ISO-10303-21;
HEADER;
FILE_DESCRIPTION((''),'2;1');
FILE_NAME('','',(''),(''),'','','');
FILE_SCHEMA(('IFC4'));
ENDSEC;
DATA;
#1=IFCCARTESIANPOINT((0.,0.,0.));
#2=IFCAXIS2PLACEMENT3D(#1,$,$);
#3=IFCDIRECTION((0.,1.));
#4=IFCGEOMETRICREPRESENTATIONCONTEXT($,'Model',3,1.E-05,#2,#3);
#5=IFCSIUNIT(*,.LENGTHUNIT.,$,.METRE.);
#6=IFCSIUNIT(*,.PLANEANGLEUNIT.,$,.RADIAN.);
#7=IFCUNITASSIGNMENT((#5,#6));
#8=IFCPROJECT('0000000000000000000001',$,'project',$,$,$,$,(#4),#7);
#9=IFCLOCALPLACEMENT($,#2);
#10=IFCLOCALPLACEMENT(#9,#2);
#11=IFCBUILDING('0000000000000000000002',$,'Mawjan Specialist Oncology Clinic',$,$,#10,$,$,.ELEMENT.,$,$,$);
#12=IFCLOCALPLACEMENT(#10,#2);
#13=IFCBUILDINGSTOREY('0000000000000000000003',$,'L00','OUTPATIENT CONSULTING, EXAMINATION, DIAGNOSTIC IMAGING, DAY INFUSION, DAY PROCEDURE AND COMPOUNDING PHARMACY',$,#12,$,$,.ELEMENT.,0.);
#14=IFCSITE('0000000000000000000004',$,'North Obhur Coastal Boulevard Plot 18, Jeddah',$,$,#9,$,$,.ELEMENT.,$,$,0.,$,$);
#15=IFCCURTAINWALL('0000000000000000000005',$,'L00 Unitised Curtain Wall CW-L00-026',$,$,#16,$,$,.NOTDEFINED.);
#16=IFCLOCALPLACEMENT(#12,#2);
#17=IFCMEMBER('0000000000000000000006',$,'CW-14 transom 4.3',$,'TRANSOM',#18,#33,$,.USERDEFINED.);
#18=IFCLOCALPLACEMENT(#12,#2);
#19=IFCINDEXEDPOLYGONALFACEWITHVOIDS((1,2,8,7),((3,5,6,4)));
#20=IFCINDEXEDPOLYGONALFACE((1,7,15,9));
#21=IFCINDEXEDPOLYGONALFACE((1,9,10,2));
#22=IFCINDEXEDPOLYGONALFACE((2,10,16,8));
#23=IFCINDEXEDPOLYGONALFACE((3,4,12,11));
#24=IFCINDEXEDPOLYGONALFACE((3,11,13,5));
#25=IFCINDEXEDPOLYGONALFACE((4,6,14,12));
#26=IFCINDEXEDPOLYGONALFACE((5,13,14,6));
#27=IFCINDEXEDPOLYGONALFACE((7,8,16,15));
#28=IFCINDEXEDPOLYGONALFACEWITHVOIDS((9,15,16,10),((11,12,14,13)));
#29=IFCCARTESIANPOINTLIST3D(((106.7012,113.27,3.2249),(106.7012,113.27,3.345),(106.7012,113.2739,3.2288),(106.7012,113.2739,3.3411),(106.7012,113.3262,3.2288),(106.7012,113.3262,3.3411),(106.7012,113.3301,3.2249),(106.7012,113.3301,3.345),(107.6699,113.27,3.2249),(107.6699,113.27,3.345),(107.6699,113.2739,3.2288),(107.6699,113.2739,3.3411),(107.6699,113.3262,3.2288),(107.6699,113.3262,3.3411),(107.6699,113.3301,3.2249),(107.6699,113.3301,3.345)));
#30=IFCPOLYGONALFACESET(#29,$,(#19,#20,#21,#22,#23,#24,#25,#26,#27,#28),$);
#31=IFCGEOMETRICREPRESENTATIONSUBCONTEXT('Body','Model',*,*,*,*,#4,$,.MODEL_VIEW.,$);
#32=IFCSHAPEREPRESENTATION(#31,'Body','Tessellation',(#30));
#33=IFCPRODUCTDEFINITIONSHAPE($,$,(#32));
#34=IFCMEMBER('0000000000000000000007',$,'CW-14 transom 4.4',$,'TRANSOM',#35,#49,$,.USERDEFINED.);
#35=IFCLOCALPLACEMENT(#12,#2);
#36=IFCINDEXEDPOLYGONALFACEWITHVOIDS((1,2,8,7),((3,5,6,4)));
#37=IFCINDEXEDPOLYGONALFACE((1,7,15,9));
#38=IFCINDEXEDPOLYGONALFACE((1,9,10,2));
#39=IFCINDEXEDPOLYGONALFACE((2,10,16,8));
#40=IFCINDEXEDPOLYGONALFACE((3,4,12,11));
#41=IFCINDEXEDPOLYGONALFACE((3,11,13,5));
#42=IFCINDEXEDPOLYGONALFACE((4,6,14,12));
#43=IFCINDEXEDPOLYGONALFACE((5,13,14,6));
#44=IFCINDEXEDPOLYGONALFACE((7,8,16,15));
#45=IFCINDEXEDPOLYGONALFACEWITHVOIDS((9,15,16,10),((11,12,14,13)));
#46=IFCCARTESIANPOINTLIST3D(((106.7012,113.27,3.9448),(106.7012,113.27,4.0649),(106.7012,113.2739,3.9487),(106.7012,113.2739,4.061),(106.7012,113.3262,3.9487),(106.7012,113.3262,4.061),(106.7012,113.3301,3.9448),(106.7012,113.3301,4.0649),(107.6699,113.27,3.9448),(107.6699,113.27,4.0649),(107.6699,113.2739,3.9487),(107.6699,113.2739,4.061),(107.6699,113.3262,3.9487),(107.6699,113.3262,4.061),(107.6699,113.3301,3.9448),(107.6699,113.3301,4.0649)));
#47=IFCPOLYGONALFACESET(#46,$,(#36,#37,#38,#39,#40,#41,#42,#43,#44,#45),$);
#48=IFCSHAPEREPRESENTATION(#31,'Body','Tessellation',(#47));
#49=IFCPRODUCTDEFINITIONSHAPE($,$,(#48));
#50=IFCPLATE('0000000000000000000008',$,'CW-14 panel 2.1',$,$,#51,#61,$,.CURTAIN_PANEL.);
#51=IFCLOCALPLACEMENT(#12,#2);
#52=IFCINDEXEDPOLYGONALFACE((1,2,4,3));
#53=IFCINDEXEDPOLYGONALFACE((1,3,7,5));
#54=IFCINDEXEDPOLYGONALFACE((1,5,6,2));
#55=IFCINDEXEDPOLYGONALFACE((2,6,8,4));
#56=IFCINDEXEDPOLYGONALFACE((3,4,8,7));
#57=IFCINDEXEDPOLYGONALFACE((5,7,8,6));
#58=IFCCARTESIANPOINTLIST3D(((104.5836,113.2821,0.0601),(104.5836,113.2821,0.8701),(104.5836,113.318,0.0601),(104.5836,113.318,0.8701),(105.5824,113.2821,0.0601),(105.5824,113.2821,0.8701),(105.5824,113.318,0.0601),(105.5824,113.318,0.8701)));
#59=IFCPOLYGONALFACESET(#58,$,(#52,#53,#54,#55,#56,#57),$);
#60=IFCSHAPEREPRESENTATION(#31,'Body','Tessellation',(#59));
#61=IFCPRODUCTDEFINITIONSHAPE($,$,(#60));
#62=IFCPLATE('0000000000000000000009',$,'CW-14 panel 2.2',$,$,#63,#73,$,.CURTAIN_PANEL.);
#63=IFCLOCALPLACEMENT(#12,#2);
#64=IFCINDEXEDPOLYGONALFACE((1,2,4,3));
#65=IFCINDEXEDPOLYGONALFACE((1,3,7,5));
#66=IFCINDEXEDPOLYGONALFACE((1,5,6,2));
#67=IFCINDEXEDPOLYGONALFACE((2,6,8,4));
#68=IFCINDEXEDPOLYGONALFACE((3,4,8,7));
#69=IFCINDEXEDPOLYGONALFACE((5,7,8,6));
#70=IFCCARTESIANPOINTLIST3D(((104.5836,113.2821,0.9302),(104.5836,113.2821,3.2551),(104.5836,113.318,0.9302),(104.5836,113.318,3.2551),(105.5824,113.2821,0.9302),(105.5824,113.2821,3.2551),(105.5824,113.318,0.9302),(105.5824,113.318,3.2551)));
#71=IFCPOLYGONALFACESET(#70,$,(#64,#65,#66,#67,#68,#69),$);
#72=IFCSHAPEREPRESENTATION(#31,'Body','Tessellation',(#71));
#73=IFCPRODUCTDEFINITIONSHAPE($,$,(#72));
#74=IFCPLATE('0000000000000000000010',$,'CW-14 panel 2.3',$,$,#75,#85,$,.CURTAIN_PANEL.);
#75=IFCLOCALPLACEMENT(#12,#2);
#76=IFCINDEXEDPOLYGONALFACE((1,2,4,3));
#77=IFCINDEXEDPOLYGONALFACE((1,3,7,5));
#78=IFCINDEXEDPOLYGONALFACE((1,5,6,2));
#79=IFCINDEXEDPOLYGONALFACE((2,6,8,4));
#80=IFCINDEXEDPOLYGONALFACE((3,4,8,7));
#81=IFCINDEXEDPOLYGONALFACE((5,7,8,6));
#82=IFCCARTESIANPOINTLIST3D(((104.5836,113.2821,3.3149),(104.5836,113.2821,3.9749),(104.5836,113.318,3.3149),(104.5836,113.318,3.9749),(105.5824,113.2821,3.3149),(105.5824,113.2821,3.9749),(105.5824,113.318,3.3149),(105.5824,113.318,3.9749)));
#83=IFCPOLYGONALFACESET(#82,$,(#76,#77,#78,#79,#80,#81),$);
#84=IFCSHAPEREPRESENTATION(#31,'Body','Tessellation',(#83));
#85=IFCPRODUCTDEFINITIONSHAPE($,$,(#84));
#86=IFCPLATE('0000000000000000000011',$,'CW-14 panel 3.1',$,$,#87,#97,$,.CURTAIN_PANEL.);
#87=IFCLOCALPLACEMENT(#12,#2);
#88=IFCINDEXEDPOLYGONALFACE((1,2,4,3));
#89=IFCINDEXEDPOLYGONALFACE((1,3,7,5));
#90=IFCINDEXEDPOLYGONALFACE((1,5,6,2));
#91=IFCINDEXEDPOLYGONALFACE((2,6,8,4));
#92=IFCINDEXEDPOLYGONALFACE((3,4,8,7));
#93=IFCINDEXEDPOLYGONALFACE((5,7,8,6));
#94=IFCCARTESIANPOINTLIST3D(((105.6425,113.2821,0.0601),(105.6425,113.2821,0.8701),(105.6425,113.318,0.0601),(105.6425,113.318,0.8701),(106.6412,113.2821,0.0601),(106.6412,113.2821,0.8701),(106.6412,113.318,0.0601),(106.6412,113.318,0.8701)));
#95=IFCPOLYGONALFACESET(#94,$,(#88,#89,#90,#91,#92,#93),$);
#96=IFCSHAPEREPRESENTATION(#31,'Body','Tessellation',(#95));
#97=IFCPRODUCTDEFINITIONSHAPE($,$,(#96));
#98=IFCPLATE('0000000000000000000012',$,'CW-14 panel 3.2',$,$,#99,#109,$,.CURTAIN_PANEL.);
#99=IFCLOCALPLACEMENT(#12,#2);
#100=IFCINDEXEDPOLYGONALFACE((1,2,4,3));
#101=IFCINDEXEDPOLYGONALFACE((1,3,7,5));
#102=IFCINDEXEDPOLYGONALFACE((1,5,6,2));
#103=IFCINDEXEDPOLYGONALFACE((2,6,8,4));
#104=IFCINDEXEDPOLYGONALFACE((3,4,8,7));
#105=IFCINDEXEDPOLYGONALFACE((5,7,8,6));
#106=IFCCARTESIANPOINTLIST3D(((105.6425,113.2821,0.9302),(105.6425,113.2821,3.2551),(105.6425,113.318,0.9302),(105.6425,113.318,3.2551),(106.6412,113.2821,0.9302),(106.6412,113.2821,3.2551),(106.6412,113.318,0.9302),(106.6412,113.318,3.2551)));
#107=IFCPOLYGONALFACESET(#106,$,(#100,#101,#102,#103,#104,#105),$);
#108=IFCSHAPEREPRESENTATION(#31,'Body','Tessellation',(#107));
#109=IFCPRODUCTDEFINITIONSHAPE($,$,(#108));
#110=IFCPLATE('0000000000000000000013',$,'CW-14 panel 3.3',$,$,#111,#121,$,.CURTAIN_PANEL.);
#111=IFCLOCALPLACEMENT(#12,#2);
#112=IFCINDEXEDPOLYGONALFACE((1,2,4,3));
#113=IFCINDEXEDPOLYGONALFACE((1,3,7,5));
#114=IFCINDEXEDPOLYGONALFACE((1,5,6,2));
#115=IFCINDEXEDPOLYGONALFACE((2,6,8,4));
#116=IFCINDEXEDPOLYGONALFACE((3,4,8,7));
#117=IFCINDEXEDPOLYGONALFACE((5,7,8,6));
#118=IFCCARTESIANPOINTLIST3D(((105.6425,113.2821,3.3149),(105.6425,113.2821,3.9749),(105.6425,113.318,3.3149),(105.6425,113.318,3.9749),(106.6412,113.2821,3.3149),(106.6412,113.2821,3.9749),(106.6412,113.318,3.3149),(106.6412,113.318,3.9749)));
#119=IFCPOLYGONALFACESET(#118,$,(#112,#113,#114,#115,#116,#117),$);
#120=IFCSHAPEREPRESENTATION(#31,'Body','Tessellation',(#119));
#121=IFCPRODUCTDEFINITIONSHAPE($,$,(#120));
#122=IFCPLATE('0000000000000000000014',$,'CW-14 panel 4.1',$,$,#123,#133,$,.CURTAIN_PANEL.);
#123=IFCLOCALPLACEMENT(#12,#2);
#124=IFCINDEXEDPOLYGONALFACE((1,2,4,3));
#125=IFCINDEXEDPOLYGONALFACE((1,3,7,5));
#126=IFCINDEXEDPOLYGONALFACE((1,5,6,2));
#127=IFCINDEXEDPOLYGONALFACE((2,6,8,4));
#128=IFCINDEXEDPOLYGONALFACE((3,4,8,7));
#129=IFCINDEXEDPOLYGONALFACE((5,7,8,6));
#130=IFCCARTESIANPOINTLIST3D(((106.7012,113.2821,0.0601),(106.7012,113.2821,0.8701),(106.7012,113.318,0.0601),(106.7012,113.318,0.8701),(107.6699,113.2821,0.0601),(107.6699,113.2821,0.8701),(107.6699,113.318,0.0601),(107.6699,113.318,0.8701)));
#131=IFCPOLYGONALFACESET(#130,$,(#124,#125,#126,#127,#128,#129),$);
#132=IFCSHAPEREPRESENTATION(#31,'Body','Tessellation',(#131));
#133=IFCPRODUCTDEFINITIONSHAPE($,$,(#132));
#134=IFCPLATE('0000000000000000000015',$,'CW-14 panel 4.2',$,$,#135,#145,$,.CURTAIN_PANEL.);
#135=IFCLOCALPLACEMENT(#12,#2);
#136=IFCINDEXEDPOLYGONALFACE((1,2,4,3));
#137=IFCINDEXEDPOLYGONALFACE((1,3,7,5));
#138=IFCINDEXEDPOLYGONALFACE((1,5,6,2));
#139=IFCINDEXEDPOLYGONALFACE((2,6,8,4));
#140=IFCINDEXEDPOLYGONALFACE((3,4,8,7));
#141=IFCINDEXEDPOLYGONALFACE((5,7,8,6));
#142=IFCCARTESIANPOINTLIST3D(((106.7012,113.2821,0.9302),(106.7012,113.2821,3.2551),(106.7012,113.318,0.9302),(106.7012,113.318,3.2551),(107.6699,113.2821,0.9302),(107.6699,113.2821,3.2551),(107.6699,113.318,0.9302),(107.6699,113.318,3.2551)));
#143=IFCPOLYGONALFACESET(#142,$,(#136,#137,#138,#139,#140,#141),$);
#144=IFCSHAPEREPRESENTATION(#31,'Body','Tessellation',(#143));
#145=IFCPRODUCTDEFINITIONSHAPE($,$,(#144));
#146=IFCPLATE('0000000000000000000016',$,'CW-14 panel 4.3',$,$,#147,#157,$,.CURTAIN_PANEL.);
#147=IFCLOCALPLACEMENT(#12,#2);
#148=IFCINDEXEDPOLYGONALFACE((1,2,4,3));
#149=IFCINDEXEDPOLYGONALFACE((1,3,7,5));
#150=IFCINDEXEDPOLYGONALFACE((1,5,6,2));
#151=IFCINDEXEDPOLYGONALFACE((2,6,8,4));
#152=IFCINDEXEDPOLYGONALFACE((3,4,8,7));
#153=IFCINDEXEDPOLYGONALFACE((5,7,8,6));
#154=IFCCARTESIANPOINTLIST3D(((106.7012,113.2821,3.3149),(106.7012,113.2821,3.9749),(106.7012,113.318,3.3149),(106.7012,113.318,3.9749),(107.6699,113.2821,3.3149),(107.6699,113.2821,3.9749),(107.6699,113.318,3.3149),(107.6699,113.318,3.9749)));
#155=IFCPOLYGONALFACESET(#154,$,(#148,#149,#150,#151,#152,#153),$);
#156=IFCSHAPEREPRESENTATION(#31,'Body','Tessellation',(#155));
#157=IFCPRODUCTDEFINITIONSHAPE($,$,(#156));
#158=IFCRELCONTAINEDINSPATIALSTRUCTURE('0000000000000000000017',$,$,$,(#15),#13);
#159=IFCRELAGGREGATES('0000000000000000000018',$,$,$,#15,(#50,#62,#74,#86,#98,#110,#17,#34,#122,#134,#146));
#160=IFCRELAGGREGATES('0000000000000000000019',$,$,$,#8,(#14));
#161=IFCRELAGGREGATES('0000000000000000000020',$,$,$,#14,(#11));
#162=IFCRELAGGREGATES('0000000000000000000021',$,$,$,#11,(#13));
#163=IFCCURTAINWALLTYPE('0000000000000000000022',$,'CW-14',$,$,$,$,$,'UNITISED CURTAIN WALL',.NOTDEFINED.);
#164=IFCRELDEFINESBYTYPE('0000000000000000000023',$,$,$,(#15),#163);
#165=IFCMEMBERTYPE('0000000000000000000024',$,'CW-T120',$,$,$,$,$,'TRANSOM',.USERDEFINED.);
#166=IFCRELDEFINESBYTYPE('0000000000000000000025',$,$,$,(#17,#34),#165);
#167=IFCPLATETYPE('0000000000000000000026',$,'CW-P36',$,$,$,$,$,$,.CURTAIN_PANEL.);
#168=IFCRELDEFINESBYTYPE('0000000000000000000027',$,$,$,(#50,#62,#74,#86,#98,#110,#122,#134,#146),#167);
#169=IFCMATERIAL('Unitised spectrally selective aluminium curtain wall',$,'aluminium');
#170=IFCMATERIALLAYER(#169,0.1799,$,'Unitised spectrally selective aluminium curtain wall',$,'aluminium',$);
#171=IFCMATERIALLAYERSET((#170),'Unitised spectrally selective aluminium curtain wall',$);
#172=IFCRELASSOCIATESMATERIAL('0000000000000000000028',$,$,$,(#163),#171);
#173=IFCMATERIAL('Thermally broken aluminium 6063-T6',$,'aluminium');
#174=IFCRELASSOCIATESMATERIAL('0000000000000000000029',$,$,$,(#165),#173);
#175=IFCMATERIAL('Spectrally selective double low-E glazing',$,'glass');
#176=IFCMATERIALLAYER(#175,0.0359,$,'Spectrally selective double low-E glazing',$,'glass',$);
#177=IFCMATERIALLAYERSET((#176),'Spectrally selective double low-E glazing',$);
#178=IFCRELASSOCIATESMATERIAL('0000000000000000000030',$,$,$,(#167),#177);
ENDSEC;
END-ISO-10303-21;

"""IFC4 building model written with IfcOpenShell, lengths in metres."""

from ifc_helpers import new_model, si_unit, direction, frame, origin, origin_2d, place, context, subcontext, project, spatial, rectangle, hollow_rectangle, extrude, material, layer, layer_set, material_profile, profile_set, type_object, element, aggregate, save


model = new_model("IFC4")

# Units and contexts
model_context = context("Model", 3, precision=1e-05, world=origin(), true_north=direction((0.0, 1.0)))
body_context = subcontext(model_context, "Body", "Model", "MODEL_VIEW")
ifc_project = project(units=[si_unit("LENGTHUNIT", "METRE"), si_unit("PLANEANGLEUNIT", "RADIAN")], contexts=[model_context])

# Site, building, storey
site_placement = place(None, origin())
site = spatial("IfcSite", under=ifc_project, at=site_placement, Name="North Obhur Coastal Boulevard Plot 18, Jeddah", CompositionType="ELEMENT", RefElevation=0.0)
building_placement = place(site_placement, origin())
building = spatial("IfcBuilding", under=site, at=building_placement, Name="Mawjan Specialist Oncology Clinic", CompositionType="ELEMENT")
storey_placement = place(building_placement, origin())
storey = spatial("IfcBuildingStorey", under=building, at=storey_placement, Name="L00", Description="OUTPATIENT CONSULTING, EXAMINATION, DIAGNOSTIC IMAGING, DAY INFUSION, DAY PROCEDURE AND COMPOUNDING PHARMACY", CompositionType="ELEMENT", Elevation=0.0)

# Curtain wall, members, plates
ifc_material_1 = material(Name="Unitised spectrally selective aluminium curtain wall", Category="aluminium")
ifc_layer_1 = layer(ifc_material_1, 0.1799, Name="Unitised spectrally selective aluminium curtain wall", Category="aluminium")
ifc_layer_set_1 = layer_set([ifc_layer_1], Name="Unitised spectrally selective aluminium curtain wall")
curtain_wall_type = type_object("IfcCurtainWallType", Name="CW-14", ElementType="UNITISED CURTAIN WALL", PredefinedType="NOTDEFINED", material=ifc_layer_set_1)
curtain_wall_placement = place(storey_placement, origin())
curtain_wall = element("IfcCurtainWall", 1, at=curtain_wall_placement, inside=storey, type_object=curtain_wall_type, Name="L00 Unitised Curtain Wall CW-L00-026", PredefinedType="NOTDEFINED")
ifc_material_2 = material(Name="Thermally broken aluminium 6063-T6", Category="aluminium")
ifc_material_profile_1 = material_profile(ifc_material_2, hollow_rectangle(XDim=0.0601, YDim=0.1201, WallThickness=0.0039, at=origin_2d()), Name="ALU TRANSOM 120x60x4", Category="aluminium")
ifc_profile_set_1 = profile_set([ifc_material_profile_1], Name="Thermally broken aluminium 6063-T6")
member_type_1 = type_object("IfcMemberType", Name="CW-T120", ElementType="TRANSOM", PredefinedType="USERDEFINED", material=ifc_profile_set_1)
member_1_placement = place(storey_placement, frame((106.7012, 113.3, 3.2849), z_axis=(1.0, 0.0, 0.0), x_axis=(0.0, 1.0, 0.0)))
member_1 = element("IfcMember", 2, at=member_1_placement, type_object=member_type_1, Name="CW-14 transom 4.3", ObjectType="TRANSOM", PredefinedType="USERDEFINED", context=body_context, shape_type="SweptSolid", body=[
    extrude(hollow_rectangle(XDim=0.0601, YDim=0.1201, WallThickness=0.0039, at=origin_2d()), origin(), (0.0, 0.0, 1.0), 0.9688),
])
member_2_placement = place(storey_placement, frame((106.7012, 113.3, 4.0049), z_axis=(1.0, 0.0, 0.0), x_axis=(0.0, 1.0, 0.0)))
member_2 = element("IfcMember", 3, at=member_2_placement, type_object=member_type_1, Name="CW-14 transom 4.4", ObjectType="TRANSOM", PredefinedType="USERDEFINED", context=body_context, shape_type="SweptSolid", body=[
    extrude(hollow_rectangle(XDim=0.0601, YDim=0.1201, WallThickness=0.0039, at=origin_2d()), origin(), (0.0, 0.0, 1.0), 0.9688),
])
ifc_material_3 = material(Name="Spectrally selective double low-E glazing", Category="glass")
ifc_layer_2 = layer(ifc_material_3, 0.0359, Name="Spectrally selective double low-E glazing", Category="glass")
ifc_layer_set_2 = layer_set([ifc_layer_2], Name="Spectrally selective double low-E glazing")
plate_type = type_object("IfcPlateType", Name="CW-P36", PredefinedType="CURTAIN_PANEL", material=ifc_layer_set_2)
plate_1_placement = place(storey_placement, frame((105.083, 113.3, 0.0601), z_axis=(0.0, 0.0, 1.0), x_axis=(1.0, 0.0, 0.0)))
plate_1 = element("IfcPlate", 4, at=plate_1_placement, type_object=plate_type, Name="CW-14 panel 2.1", PredefinedType="CURTAIN_PANEL", context=body_context, shape_type="SweptSolid", body=[
    extrude(rectangle(XDim=0.9988, YDim=0.0359, at=origin_2d()), origin(), (0.0, 0.0, 1.0), 0.8101),
])
plate_2_placement = place(storey_placement, frame((105.083, 113.3, 0.9302), z_axis=(0.0, 0.0, 1.0), x_axis=(1.0, 0.0, 0.0)))
plate_2 = element("IfcPlate", 5, at=plate_2_placement, type_object=plate_type, Name="CW-14 panel 2.2", PredefinedType="CURTAIN_PANEL", context=body_context, shape_type="SweptSolid", body=[
    extrude(rectangle(XDim=0.9988, YDim=0.0359, at=origin_2d()), origin(), (0.0, 0.0, 1.0), 2.325),
])
plate_3_placement = place(storey_placement, frame((105.083, 113.3, 3.3149), z_axis=(0.0, 0.0, 1.0), x_axis=(1.0, 0.0, 0.0)))
plate_3 = element("IfcPlate", 6, at=plate_3_placement, type_object=plate_type, Name="CW-14 panel 2.3", PredefinedType="CURTAIN_PANEL", context=body_context, shape_type="SweptSolid", body=[
    extrude(rectangle(XDim=0.9988, YDim=0.0359, at=origin_2d()), origin(), (0.0, 0.0, 1.0), 0.6599),
])
plate_4_placement = place(storey_placement, frame((106.1418, 113.3, 0.0601), z_axis=(0.0, 0.0, 1.0), x_axis=(1.0, 0.0, 0.0)))
plate_4 = element("IfcPlate", 7, at=plate_4_placement, type_object=plate_type, Name="CW-14 panel 3.1", PredefinedType="CURTAIN_PANEL", context=body_context, shape_type="SweptSolid", body=[
    extrude(rectangle(XDim=0.9988, YDim=0.0359, at=origin_2d()), origin(), (0.0, 0.0, 1.0), 0.8101),
])
plate_5_placement = place(storey_placement, frame((106.1418, 113.3, 0.9302), z_axis=(0.0, 0.0, 1.0), x_axis=(1.0, 0.0, 0.0)))
plate_5 = element("IfcPlate", 8, at=plate_5_placement, type_object=plate_type, Name="CW-14 panel 3.2", PredefinedType="CURTAIN_PANEL", context=body_context, shape_type="SweptSolid", body=[
    extrude(rectangle(XDim=0.9988, YDim=0.0359, at=origin_2d()), origin(), (0.0, 0.0, 1.0), 2.325),
])
plate_6_placement = place(storey_placement, frame((106.1418, 113.3, 3.3149), z_axis=(0.0, 0.0, 1.0), x_axis=(1.0, 0.0, 0.0)))
plate_6 = element("IfcPlate", 9, at=plate_6_placement, type_object=plate_type, Name="CW-14 panel 3.3", PredefinedType="CURTAIN_PANEL", context=body_context, shape_type="SweptSolid", body=[
    extrude(rectangle(XDim=0.9988, YDim=0.0359, at=origin_2d()), origin(), (0.0, 0.0, 1.0), 0.6599),
])
plate_7_placement = place(storey_placement, frame((107.1855, 113.3, 0.0601), z_axis=(0.0, 0.0, 1.0), x_axis=(1.0, 0.0, 0.0)))
plate_7 = element("IfcPlate", 10, at=plate_7_placement, type_object=plate_type, Name="CW-14 panel 4.1", PredefinedType="CURTAIN_PANEL", context=body_context, shape_type="SweptSolid", body=[
    extrude(rectangle(XDim=0.9688, YDim=0.0359, at=origin_2d()), origin(), (0.0, 0.0, 1.0), 0.8101),
])
plate_8_placement = place(storey_placement, frame((107.1855, 113.3, 0.9302), z_axis=(0.0, 0.0, 1.0), x_axis=(1.0, 0.0, 0.0)))
plate_8 = element("IfcPlate", 11, at=plate_8_placement, type_object=plate_type, Name="CW-14 panel 4.2", PredefinedType="CURTAIN_PANEL", context=body_context, shape_type="SweptSolid", body=[
    extrude(rectangle(XDim=0.9688, YDim=0.0359, at=origin_2d()), origin(), (0.0, 0.0, 1.0), 2.325),
])
plate_9_placement = place(storey_placement, frame((107.1855, 113.3, 3.3149), z_axis=(0.0, 0.0, 1.0), x_axis=(1.0, 0.0, 0.0)))
plate_9 = element("IfcPlate", 12, at=plate_9_placement, type_object=plate_type, Name="CW-14 panel 4.3", PredefinedType="CURTAIN_PANEL", context=body_context, shape_type="SweptSolid", body=[
    extrude(rectangle(XDim=0.9688, YDim=0.0359, at=origin_2d()), origin(), (0.0, 0.0, 1.0), 0.6599),
])
aggregate(curtain_wall, [plate_1, plate_2, plate_3, plate_4, plate_5, plate_6, member_1, member_2, plate_7, plate_8, plate_9])

save(model, "model.ifc")
